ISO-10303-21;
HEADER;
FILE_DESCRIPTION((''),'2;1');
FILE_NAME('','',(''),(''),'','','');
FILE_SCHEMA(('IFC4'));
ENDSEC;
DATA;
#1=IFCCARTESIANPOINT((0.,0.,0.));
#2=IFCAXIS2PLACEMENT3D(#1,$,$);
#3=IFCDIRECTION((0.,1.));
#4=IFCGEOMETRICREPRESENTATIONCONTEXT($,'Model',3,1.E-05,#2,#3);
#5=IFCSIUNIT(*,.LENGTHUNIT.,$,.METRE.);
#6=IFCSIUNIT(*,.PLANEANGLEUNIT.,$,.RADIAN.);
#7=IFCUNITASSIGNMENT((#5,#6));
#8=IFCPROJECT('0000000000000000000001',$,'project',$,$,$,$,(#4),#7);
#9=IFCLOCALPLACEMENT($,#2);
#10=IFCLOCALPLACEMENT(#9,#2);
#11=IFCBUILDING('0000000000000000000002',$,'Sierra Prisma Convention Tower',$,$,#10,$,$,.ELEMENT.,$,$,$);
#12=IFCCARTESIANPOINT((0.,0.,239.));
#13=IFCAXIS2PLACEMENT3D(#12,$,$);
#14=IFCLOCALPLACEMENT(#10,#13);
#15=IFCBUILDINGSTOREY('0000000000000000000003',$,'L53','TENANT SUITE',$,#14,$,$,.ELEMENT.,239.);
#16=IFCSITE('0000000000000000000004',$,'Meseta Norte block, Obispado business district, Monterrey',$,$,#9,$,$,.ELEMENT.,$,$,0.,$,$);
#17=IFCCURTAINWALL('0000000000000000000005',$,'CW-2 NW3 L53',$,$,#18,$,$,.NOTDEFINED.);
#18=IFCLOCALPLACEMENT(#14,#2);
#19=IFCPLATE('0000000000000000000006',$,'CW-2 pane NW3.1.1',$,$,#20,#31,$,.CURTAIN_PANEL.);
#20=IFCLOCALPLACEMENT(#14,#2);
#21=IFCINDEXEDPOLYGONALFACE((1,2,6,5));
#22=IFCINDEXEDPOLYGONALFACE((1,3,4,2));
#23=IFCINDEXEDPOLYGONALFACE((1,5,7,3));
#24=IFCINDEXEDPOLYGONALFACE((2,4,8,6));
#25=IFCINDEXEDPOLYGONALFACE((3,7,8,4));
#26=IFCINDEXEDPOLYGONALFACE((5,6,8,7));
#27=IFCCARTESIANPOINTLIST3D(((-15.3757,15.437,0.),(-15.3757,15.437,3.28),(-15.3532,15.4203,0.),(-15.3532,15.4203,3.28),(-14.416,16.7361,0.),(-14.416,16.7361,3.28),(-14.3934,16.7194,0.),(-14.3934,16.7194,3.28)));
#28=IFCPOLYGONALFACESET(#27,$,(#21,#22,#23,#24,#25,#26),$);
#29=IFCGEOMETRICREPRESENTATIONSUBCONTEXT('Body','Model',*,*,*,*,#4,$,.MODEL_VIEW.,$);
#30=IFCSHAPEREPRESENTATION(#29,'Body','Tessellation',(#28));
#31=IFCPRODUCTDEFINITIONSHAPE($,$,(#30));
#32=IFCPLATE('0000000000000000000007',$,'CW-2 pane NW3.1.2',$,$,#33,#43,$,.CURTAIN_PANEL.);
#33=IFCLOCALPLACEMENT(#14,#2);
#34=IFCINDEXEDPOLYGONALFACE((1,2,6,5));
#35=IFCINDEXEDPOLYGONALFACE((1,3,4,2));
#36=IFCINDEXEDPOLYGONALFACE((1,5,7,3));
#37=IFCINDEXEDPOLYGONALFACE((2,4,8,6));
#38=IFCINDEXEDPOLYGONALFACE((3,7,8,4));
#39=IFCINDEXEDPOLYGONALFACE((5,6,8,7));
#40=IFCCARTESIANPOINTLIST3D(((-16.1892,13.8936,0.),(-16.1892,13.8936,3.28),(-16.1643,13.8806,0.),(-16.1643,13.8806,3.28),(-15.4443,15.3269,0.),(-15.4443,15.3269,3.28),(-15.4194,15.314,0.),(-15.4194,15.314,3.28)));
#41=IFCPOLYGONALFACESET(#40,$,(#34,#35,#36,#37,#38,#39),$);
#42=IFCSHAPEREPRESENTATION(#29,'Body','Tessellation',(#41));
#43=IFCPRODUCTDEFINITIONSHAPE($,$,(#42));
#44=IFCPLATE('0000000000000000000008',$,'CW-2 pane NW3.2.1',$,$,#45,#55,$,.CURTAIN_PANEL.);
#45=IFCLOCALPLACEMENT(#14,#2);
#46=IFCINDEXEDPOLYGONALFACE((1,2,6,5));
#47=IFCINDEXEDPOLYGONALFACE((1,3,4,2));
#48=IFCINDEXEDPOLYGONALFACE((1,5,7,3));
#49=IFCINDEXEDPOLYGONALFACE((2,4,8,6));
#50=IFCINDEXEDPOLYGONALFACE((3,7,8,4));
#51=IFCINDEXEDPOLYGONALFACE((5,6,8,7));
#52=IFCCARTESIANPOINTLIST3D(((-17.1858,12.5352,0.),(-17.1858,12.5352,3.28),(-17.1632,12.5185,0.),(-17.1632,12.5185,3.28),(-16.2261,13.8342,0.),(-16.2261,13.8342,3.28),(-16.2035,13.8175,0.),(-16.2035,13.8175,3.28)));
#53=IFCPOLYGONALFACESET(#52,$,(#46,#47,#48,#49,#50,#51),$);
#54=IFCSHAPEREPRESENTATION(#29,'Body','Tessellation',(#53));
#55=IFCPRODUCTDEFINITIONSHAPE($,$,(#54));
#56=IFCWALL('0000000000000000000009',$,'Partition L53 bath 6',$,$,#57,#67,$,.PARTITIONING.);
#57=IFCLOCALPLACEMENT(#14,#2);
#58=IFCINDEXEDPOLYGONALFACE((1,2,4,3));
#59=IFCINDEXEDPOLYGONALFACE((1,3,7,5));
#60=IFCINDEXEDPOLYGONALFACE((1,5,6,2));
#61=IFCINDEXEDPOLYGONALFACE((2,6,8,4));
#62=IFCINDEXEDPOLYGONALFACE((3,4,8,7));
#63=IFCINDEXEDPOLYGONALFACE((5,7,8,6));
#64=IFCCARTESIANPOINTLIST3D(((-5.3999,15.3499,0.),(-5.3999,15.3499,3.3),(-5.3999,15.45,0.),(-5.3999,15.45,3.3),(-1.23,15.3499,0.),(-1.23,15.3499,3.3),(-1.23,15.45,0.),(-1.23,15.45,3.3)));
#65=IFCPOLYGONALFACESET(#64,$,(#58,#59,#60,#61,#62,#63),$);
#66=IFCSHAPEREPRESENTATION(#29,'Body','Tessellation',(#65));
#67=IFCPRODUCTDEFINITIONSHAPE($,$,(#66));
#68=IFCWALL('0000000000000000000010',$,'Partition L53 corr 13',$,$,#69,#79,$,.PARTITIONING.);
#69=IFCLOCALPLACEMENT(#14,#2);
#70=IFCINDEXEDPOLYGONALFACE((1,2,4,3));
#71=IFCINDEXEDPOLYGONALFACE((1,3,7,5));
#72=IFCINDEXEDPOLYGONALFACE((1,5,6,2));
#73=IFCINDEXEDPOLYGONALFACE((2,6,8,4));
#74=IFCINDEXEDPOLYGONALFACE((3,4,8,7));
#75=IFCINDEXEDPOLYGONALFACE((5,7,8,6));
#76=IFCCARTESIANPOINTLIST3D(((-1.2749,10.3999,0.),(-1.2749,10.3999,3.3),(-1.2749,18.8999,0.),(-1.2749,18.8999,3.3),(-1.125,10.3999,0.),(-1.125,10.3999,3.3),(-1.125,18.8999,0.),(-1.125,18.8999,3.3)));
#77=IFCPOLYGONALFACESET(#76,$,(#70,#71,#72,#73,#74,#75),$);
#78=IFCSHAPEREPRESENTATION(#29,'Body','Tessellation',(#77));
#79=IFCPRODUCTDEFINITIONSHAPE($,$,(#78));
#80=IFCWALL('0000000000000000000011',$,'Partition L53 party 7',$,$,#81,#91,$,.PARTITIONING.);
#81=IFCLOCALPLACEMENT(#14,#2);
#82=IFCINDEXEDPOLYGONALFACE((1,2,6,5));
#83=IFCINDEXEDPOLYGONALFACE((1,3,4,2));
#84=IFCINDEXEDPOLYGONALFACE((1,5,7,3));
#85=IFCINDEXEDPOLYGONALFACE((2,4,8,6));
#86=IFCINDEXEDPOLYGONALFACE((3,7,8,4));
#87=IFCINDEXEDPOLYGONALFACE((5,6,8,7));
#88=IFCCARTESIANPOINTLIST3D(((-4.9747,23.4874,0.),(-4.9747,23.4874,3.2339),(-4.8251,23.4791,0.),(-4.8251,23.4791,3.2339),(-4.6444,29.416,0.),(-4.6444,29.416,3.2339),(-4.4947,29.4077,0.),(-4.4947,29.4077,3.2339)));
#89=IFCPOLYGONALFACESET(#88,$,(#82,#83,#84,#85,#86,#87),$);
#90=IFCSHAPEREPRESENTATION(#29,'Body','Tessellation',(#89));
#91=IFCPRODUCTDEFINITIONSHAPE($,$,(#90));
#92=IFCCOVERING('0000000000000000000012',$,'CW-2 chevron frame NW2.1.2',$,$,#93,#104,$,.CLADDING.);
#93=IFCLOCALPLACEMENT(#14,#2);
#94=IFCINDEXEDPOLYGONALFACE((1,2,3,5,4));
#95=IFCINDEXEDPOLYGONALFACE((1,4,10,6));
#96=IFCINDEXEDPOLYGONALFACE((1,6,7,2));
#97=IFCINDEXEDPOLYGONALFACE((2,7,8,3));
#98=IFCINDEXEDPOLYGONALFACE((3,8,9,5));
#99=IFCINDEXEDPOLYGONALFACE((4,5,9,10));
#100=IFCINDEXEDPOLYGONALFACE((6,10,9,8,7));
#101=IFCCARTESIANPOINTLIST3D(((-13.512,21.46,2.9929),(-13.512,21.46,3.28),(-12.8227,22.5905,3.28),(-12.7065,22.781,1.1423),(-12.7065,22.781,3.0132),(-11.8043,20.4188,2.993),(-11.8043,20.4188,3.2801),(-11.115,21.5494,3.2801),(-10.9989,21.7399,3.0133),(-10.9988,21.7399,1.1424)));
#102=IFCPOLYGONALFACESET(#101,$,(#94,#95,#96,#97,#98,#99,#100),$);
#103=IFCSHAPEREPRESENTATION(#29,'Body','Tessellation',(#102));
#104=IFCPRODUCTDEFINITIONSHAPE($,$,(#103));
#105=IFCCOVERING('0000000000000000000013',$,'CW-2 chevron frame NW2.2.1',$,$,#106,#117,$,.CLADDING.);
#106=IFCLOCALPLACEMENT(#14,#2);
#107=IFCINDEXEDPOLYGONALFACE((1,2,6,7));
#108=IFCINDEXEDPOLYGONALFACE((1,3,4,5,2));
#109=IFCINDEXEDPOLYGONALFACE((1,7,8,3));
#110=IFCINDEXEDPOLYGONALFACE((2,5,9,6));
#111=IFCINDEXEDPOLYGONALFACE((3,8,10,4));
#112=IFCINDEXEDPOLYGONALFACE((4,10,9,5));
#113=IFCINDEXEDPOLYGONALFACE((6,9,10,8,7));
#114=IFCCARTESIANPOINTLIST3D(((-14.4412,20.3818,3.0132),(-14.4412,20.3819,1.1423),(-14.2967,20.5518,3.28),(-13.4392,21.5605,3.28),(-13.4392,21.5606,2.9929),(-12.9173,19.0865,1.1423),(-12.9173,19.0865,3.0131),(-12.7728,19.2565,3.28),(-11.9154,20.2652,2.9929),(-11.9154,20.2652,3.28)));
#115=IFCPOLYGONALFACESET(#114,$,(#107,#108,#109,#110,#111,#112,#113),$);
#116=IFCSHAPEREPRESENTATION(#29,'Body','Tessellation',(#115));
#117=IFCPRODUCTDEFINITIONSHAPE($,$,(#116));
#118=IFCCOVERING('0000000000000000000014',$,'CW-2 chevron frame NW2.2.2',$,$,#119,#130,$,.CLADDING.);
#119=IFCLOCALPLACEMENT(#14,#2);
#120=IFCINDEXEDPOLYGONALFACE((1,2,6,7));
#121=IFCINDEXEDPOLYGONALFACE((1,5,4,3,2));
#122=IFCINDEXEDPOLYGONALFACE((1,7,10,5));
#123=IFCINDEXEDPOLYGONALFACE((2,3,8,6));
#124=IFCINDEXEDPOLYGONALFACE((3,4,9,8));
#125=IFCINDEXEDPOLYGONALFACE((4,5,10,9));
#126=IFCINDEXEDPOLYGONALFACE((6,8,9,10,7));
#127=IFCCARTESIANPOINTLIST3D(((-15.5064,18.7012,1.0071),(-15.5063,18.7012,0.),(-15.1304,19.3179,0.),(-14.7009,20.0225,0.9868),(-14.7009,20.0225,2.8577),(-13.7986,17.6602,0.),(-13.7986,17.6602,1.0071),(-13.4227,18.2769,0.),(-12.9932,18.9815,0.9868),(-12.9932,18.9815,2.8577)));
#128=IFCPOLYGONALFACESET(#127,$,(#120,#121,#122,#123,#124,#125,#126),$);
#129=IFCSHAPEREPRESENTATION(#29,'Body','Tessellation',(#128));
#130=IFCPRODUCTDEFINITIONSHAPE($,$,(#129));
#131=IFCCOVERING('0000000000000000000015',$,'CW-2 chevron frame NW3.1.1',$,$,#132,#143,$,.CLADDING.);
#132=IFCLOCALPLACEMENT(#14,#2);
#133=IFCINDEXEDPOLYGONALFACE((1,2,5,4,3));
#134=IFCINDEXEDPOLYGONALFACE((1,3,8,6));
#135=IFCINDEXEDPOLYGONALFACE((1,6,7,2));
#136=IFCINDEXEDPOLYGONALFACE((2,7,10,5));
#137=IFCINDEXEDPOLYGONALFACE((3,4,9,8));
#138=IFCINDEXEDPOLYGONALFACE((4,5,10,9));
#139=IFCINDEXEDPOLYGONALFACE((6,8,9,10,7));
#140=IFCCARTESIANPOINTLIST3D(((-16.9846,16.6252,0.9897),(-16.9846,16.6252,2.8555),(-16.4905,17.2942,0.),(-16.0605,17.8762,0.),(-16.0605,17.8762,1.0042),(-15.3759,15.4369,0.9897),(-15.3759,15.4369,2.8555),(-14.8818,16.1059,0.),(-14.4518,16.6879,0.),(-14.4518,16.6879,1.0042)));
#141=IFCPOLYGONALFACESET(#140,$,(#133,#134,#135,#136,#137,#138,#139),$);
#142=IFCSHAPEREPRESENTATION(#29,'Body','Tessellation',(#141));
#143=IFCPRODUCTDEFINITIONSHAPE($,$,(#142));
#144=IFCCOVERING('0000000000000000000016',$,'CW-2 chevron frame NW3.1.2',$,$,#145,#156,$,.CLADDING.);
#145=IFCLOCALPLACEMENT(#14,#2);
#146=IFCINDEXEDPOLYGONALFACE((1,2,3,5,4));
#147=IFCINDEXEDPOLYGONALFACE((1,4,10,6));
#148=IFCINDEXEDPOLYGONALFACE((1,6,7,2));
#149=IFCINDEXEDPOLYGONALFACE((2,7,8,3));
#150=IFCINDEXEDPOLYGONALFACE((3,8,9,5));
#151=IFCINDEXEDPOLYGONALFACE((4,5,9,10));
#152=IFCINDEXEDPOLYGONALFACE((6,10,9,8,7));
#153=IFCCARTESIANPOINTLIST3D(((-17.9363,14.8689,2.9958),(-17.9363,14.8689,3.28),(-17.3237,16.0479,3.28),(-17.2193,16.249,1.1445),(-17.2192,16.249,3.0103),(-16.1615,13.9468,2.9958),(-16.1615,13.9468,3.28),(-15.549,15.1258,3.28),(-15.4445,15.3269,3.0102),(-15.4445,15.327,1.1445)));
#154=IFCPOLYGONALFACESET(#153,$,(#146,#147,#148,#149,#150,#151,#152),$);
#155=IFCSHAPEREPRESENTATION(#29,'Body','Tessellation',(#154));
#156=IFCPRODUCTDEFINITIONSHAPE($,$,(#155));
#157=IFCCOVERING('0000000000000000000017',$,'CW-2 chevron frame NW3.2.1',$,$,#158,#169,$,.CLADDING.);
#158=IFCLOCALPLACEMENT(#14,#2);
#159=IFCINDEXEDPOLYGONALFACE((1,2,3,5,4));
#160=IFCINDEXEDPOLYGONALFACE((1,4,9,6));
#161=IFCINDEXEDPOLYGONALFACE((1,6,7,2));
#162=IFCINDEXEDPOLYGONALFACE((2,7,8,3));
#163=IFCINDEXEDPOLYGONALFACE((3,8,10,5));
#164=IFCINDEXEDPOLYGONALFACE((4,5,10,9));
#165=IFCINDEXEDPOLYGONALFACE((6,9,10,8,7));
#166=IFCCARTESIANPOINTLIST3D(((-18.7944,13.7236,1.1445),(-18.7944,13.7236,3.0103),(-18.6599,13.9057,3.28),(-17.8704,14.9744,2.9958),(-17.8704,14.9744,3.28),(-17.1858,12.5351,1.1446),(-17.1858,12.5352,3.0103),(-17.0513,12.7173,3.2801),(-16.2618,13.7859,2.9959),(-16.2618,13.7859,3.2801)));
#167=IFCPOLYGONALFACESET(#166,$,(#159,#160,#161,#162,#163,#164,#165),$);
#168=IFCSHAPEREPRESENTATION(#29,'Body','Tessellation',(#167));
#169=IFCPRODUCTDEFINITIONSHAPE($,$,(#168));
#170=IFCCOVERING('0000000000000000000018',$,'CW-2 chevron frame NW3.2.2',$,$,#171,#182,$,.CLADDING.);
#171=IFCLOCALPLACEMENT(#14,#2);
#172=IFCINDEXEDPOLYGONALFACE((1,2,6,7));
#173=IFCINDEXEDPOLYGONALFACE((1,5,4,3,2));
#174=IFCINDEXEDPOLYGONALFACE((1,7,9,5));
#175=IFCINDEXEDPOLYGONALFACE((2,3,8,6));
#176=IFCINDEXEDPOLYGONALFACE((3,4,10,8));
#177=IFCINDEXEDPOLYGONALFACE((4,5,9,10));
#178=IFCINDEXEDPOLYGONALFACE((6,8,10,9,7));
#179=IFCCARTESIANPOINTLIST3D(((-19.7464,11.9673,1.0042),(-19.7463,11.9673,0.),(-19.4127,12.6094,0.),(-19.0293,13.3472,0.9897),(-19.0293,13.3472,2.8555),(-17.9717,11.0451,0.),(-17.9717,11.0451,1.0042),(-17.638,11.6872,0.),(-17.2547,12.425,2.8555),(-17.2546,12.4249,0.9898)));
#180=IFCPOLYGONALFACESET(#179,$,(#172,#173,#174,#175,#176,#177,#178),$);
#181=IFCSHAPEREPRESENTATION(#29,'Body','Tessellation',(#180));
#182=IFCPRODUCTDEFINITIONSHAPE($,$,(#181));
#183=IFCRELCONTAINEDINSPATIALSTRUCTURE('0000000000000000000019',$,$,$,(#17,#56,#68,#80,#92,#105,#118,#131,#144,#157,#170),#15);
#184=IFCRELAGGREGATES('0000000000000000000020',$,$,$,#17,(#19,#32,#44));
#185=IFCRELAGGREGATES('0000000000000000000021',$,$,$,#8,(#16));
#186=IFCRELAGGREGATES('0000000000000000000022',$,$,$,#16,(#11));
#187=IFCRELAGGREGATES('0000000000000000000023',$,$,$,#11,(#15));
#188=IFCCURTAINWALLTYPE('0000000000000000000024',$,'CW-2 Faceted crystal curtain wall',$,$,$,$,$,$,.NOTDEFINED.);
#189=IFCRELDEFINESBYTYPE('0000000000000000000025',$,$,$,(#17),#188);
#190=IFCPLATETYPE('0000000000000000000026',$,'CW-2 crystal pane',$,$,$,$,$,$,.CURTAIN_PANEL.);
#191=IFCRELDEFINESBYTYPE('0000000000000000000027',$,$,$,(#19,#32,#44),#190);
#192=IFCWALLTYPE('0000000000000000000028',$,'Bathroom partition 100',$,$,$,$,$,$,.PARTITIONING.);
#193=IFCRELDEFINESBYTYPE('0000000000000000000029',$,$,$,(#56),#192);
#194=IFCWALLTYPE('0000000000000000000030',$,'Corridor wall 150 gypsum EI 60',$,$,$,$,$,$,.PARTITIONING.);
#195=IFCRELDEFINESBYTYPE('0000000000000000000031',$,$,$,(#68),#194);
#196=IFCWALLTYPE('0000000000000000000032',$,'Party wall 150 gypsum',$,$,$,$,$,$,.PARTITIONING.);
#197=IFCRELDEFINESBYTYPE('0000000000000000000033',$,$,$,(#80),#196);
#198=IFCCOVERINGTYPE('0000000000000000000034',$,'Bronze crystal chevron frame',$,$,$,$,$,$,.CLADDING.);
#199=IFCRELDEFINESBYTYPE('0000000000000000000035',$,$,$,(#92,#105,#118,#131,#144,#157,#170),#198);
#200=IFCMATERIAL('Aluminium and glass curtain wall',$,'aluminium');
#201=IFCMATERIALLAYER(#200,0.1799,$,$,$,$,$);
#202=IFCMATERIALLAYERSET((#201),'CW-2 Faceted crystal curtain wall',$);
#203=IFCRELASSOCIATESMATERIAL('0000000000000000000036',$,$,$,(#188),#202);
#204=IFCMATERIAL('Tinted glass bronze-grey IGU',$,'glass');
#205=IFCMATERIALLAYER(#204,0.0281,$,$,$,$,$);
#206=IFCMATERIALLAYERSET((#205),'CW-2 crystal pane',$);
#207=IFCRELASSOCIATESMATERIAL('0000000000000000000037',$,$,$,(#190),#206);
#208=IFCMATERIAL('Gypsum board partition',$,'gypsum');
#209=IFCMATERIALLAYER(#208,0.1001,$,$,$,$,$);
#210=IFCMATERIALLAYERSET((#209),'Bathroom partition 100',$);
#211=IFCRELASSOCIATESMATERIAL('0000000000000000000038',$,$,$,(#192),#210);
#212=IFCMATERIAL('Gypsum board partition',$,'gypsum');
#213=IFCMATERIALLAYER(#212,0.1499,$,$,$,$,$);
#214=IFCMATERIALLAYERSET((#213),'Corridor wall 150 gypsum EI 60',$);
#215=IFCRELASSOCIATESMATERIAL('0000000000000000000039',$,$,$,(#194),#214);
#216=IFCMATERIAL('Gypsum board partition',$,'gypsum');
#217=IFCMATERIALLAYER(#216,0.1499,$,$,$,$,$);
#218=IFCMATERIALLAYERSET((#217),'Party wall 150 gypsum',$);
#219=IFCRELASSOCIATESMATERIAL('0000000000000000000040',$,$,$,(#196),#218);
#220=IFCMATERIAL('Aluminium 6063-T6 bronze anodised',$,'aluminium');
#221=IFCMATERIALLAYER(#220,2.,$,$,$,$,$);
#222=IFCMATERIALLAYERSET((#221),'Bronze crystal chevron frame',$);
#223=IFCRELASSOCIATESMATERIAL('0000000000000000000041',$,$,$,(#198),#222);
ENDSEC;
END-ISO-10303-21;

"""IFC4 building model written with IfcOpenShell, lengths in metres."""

from ifc_helpers import new_model, si_unit, direction, frame, frame_2d, origin, place, context, subcontext, project, spatial, polyline, rectangle, outline, extrude, material, layer, layer_set, type_object, element, aggregate, save


model = new_model("IFC4")

# Units and contexts
model_context = context("Model", 3, precision=1e-05, world=origin(), true_north=direction((0.0, 1.0)))
body_context = subcontext(model_context, "Body", "Model", "MODEL_VIEW")
ifc_project = project(units=[si_unit("LENGTHUNIT", "METRE"), si_unit("PLANEANGLEUNIT", "RADIAN")], contexts=[model_context])

# Site, building, storey
site_placement = place(None, origin())
site = spatial("IfcSite", under=ifc_project, at=site_placement, Name="Meseta Norte block, Obispado business district, Monterrey", CompositionType="ELEMENT", RefElevation=0.0)
building_placement = place(site_placement, origin())
building = spatial("IfcBuilding", under=site, at=building_placement, Name="Sierra Prisma Convention Tower", CompositionType="ELEMENT")
storey_placement = place(building_placement, frame((0.0, 0.0, 239.0)))
storey = spatial("IfcBuildingStorey", under=building, at=storey_placement, Name="L53", Description="TENANT SUITE", CompositionType="ELEMENT", Elevation=239.0)

# Curtain wall
ifc_material_1 = material(Name="Aluminium and glass curtain wall", Category="aluminium")
ifc_layer_1 = layer(ifc_material_1, 0.1799)
ifc_layer_set_1 = layer_set([ifc_layer_1], Name="CW-2 Faceted crystal curtain wall")
curtain_wall_type = type_object("IfcCurtainWallType", Name="CW-2 Faceted crystal curtain wall", PredefinedType="NOTDEFINED", material=ifc_layer_set_1)
curtain_wall_1_placement = place(storey_placement, origin())
curtain_wall_1 = element("IfcCurtainWall", 1, at=curtain_wall_1_placement, inside=storey, type_object=curtain_wall_type, Name="CW-2 NW3 L53", PredefinedType="NOTDEFINED")

# Plates
ifc_material_2 = material(Name="Tinted glass bronze-grey IGU", Category="glass")
ifc_layer_2 = layer(ifc_material_2, 0.0281)
ifc_layer_set_2 = layer_set([ifc_layer_2], Name="CW-2 crystal pane")
plate_type = type_object("IfcPlateType", Name="CW-2 crystal pane", PredefinedType="CURTAIN_PANEL", material=ifc_layer_set_2)
plate_1_placement = place(storey_placement, frame((-14.416, 16.7361, 0.0), z_axis=(-0.804314, 0.594204, 0.0), x_axis=(-0.594204, -0.804314, 0.0)))
plate_1 = element("IfcPlate", 2, at=plate_1_placement, type_object=plate_type, Name="CW-2 pane NW3.1.1", PredefinedType="CURTAIN_PANEL", context=body_context, shape_type="SweptSolid", body=[
    extrude(outline(polyline([(0.0, 0.0), (1.6151, 0.0), (1.6151, 3.28), (0.0, 3.28), (0.0, 0.0)])), origin(), (0.0, 0.0, -1.0), 0.0281),
])
plate_2_placement = place(storey_placement, frame((-16.1892, 13.8936, 0.0), z_axis=(-0.887336, 0.461124, 0.0), x_axis=(0.461124, 0.887336, 0.0)))
plate_2 = element("IfcPlate", 3, at=plate_2_placement, type_object=plate_type, Name="CW-2 pane NW3.1.2", PredefinedType="CURTAIN_PANEL", context=body_context, shape_type="SweptSolid", body=[
    extrude(outline(polyline([(0.0, 0.0), (1.6153, 0.0), (1.6153, -3.28), (0.0, -3.28), (0.0, 0.0)])), origin(), (0.0, 0.0, -1.0), 0.0281),
])
plate_3_placement = place(storey_placement, frame((-16.2261, 13.8342, 0.0), z_axis=(-0.804314, 0.594204, 0.0), x_axis=(-0.594204, -0.804314, 0.0)))
plate_3 = element("IfcPlate", 4, at=plate_3_placement, type_object=plate_type, Name="CW-2 pane NW3.2.1", PredefinedType="CURTAIN_PANEL", context=body_context, shape_type="SweptSolid", body=[
    extrude(outline(polyline([(0.0, 0.0), (1.6151, 0.0), (1.6151, 3.28), (0.0, 3.28), (0.0, 0.0)])), origin(), (0.0, 0.0, -1.0), 0.0281),
])
aggregate(curtain_wall_1, [plate_1, plate_2, plate_3])

# Walls
ifc_material_3 = material(Name="Gypsum board partition", Category="gypsum")
ifc_layer_3 = layer(ifc_material_3, 0.1001)
ifc_layer_set_3 = layer_set([ifc_layer_3], Name="Bathroom partition 100")
wall_type_1 = type_object("IfcWallType", Name="Bathroom partition 100", PredefinedType="PARTITIONING", material=ifc_layer_set_3)
wall_1_placement = place(storey_placement, frame((-5.3999, 15.3999, 0.0), z_axis=(0.0, 0.0, 1.0), x_axis=(1.0, 0.0, 0.0)))
element("IfcWall", 5, at=wall_1_placement, inside=storey, type_object=wall_type_1, Name="Partition L53 bath 6", PredefinedType="PARTITIONING", context=body_context, shape_type="SweptSolid", body=[
    extrude(rectangle(XDim=4.1699, YDim=0.1001, at=frame_2d((2.085, 0.0))), origin(), (0.0, 0.0, 1.0), 3.3),
])
ifc_material_4 = material(Name="Gypsum board partition", Category="gypsum")
ifc_layer_4 = layer(ifc_material_4, 0.1499)
ifc_layer_set_4 = layer_set([ifc_layer_4], Name="Corridor wall 150 gypsum EI 60")
wall_type_2 = type_object("IfcWallType", Name="Corridor wall 150 gypsum EI 60", PredefinedType="PARTITIONING", material=ifc_layer_set_4)
wall_2_placement = place(storey_placement, frame((-1.2, 18.8999, 0.0), z_axis=(0.0, 0.0, 1.0), x_axis=(0.0, -1.0, 0.0)))
element("IfcWall", 6, at=wall_2_placement, inside=storey, type_object=wall_type_2, Name="Partition L53 corr 13", PredefinedType="PARTITIONING", context=body_context, shape_type="SweptSolid", body=[
    extrude(rectangle(XDim=8.5, YDim=0.1499, at=frame_2d((4.25, 0.0))), origin(), (0.0, 0.0, 1.0), 3.3),
])
ifc_material_5 = material(Name="Gypsum board partition", Category="gypsum")
ifc_layer_5 = layer(ifc_material_5, 0.1499)
ifc_layer_set_5 = layer_set([ifc_layer_5], Name="Party wall 150 gypsum")
wall_type_3 = type_object("IfcWallType", Name="Party wall 150 gypsum", PredefinedType="PARTITIONING", material=ifc_layer_set_5)
wall_3_placement = place(storey_placement, frame((-4.8999, 23.4834, 0.0), z_axis=(0.0, 0.0, 1.0), x_axis=(0.055632, 0.998451, 0.0)))
element("IfcWall", 7, at=wall_3_placement, inside=storey, type_object=wall_type_3, Name="Partition L53 party 7", PredefinedType="PARTITIONING", context=body_context, shape_type="SweptSolid", body=[
    extrude(rectangle(XDim=5.9377, YDim=0.1499, at=frame_2d((2.9688, 0.0))), origin(), (0.0, 0.0, 1.0), 3.2339),
])

# Coverings
ifc_material_6 = material(Name="Aluminium 6063-T6 bronze anodised", Category="aluminium")
ifc_layer_6 = layer(ifc_material_6, 2.0)
ifc_layer_set_6 = layer_set([ifc_layer_6], Name="Bronze crystal chevron frame")
covering_type = type_object("IfcCoveringType", Name="Bronze crystal chevron frame", PredefinedType="CLADDING", material=ifc_layer_set_6)
covering_1_placement = place(storey_placement, frame((-12.7065, 22.781, 3.0132), z_axis=(-0.853827, 0.520557, -0.000039), x_axis=(0.000033, -0.00002, -1.0)))
element("IfcCovering", 8, at=covering_1_placement, inside=storey, type_object=covering_type, Name="CW-2 chevron frame NW2.1.2", PredefinedType="CLADDING", context=body_context, shape_type="SweptSolid", body=[
    extrude(outline(polyline([(0.0, 0.0), (1.8708, 0.0), (0.0203, 1.5472), (-0.2668, 1.5472), (-0.2668, 0.2231), (0.0, 0.0)])), origin(), (0.0, 0.0, -1.0), 2.0),
])
covering_2_placement = place(storey_placement, frame((-13.4392, 21.5605, 3.28), z_axis=(-0.761927, 0.647663, 0.000029), x_axis=(-0.000022, 0.000019, -1.0)))
element("IfcCovering", 9, at=covering_2_placement, inside=storey, type_object=covering_type, Name="CW-2 chevron frame NW2.2.1", PredefinedType="CLADDING", context=body_context, shape_type="SweptSolid", body=[
    extrude(outline(polyline([(0.0, 0.0), (0.2871, 0.0), (2.1377, 1.547), (0.2668, 1.547), (0.0, 1.3239), (0.0, 0.0)])), origin(), (0.0, 0.0, -1.0), 2.0),
])
covering_3_placement = place(storey_placement, frame((-15.5063, 18.7012, 0.0), z_axis=(-0.853862, 0.5205, -0.000014), x_axis=(-0.000012, 0.000007, 1.0)))
element("IfcCovering", 10, at=covering_3_placement, inside=storey, type_object=covering_type, Name="CW-2 chevron frame NW2.2.2", PredefinedType="CLADDING", context=body_context, shape_type="SweptSolid", body=[
    extrude(outline(polyline([(0.0, 0.0), (1.0071, 0.0), (2.8577, 1.5474), (0.9868, 1.5474), (0.0, 0.7223), (0.0, 0.0)])), origin(), (0.0, 0.0, -1.0), 2.0),
])
covering_4_placement = place(storey_placement, frame((-16.0605, 17.8762, 0.0), z_axis=(-0.804349, 0.594157, -0.000001), x_axis=(-0.594157, -0.804349, 0.0)))
element("IfcCovering", 11, at=covering_4_placement, inside=storey, type_object=covering_type, Name="CW-2 chevron frame NW3.1.1", PredefinedType="CLADDING", context=body_context, shape_type="SweptSolid", body=[
    extrude(outline(polyline([(0.0, 0.0), (0.7236, 0.0), (1.5553, 0.9897), (1.5553, 2.8555), (0.0, 1.0042), (0.0, 0.0)])), origin(), (0.0, 0.0, -1.0), 2.0),
])
covering_5_placement = place(storey_placement, frame((-17.2192, 16.249, 3.0103), z_axis=(-0.88738, 0.461038, 0.00001), x_axis=(-0.000009, 0.000004, -1.0)))
element("IfcCovering", 12, at=covering_5_placement, inside=storey, type_object=covering_type, Name="CW-2 chevron frame NW3.1.2", PredefinedType="CLADDING", context=body_context, shape_type="SweptSolid", body=[
    extrude(outline(polyline([(0.0, 0.0), (1.8657, 0.0), (0.0144, 1.5553), (-0.2698, 1.5553), (-0.2698, 0.2267), (0.0, 0.0)])), origin(), (0.0, 0.0, -1.0), 2.0),
])
covering_6_placement = place(storey_placement, frame((-17.8704, 14.9744, 3.28), z_axis=(-0.804292, 0.594234, -0.000013), x_axis=(0.000011, -0.000008, -1.0)))
element("IfcCovering", 13, at=covering_6_placement, inside=storey, type_object=covering_type, Name="CW-2 chevron frame NW3.2.1", PredefinedType="CLADDING", context=body_context, shape_type="SweptSolid", body=[
    extrude(outline(polyline([(0.0, 0.0), (0.2842, 0.0), (2.1355, 1.5551), (0.2698, 1.5551), (0.0, 1.3286), (0.0, 0.0)])), origin(), (0.0, 0.0, -1.0), 2.0),
])
covering_7_placement = place(storey_placement, frame((-19.7463, 11.9673, 0.0), z_axis=(-0.887341, 0.461113, -0.000023), x_axis=(-0.00002, 0.00001, 1.0)))
element("IfcCovering", 14, at=covering_7_placement, inside=storey, type_object=covering_type, Name="CW-2 chevron frame NW3.2.2", PredefinedType="CLADDING", context=body_context, shape_type="SweptSolid", body=[
    extrude(outline(polyline([(0.0, 0.0), (1.0042, 0.0), (2.8555, 1.5551), (0.9897, 1.5551), (0.0, 0.7236), (0.0, 0.0)])), origin(), (0.0, 0.0, -1.0), 2.0),
])

save(model, "model.ifc")
